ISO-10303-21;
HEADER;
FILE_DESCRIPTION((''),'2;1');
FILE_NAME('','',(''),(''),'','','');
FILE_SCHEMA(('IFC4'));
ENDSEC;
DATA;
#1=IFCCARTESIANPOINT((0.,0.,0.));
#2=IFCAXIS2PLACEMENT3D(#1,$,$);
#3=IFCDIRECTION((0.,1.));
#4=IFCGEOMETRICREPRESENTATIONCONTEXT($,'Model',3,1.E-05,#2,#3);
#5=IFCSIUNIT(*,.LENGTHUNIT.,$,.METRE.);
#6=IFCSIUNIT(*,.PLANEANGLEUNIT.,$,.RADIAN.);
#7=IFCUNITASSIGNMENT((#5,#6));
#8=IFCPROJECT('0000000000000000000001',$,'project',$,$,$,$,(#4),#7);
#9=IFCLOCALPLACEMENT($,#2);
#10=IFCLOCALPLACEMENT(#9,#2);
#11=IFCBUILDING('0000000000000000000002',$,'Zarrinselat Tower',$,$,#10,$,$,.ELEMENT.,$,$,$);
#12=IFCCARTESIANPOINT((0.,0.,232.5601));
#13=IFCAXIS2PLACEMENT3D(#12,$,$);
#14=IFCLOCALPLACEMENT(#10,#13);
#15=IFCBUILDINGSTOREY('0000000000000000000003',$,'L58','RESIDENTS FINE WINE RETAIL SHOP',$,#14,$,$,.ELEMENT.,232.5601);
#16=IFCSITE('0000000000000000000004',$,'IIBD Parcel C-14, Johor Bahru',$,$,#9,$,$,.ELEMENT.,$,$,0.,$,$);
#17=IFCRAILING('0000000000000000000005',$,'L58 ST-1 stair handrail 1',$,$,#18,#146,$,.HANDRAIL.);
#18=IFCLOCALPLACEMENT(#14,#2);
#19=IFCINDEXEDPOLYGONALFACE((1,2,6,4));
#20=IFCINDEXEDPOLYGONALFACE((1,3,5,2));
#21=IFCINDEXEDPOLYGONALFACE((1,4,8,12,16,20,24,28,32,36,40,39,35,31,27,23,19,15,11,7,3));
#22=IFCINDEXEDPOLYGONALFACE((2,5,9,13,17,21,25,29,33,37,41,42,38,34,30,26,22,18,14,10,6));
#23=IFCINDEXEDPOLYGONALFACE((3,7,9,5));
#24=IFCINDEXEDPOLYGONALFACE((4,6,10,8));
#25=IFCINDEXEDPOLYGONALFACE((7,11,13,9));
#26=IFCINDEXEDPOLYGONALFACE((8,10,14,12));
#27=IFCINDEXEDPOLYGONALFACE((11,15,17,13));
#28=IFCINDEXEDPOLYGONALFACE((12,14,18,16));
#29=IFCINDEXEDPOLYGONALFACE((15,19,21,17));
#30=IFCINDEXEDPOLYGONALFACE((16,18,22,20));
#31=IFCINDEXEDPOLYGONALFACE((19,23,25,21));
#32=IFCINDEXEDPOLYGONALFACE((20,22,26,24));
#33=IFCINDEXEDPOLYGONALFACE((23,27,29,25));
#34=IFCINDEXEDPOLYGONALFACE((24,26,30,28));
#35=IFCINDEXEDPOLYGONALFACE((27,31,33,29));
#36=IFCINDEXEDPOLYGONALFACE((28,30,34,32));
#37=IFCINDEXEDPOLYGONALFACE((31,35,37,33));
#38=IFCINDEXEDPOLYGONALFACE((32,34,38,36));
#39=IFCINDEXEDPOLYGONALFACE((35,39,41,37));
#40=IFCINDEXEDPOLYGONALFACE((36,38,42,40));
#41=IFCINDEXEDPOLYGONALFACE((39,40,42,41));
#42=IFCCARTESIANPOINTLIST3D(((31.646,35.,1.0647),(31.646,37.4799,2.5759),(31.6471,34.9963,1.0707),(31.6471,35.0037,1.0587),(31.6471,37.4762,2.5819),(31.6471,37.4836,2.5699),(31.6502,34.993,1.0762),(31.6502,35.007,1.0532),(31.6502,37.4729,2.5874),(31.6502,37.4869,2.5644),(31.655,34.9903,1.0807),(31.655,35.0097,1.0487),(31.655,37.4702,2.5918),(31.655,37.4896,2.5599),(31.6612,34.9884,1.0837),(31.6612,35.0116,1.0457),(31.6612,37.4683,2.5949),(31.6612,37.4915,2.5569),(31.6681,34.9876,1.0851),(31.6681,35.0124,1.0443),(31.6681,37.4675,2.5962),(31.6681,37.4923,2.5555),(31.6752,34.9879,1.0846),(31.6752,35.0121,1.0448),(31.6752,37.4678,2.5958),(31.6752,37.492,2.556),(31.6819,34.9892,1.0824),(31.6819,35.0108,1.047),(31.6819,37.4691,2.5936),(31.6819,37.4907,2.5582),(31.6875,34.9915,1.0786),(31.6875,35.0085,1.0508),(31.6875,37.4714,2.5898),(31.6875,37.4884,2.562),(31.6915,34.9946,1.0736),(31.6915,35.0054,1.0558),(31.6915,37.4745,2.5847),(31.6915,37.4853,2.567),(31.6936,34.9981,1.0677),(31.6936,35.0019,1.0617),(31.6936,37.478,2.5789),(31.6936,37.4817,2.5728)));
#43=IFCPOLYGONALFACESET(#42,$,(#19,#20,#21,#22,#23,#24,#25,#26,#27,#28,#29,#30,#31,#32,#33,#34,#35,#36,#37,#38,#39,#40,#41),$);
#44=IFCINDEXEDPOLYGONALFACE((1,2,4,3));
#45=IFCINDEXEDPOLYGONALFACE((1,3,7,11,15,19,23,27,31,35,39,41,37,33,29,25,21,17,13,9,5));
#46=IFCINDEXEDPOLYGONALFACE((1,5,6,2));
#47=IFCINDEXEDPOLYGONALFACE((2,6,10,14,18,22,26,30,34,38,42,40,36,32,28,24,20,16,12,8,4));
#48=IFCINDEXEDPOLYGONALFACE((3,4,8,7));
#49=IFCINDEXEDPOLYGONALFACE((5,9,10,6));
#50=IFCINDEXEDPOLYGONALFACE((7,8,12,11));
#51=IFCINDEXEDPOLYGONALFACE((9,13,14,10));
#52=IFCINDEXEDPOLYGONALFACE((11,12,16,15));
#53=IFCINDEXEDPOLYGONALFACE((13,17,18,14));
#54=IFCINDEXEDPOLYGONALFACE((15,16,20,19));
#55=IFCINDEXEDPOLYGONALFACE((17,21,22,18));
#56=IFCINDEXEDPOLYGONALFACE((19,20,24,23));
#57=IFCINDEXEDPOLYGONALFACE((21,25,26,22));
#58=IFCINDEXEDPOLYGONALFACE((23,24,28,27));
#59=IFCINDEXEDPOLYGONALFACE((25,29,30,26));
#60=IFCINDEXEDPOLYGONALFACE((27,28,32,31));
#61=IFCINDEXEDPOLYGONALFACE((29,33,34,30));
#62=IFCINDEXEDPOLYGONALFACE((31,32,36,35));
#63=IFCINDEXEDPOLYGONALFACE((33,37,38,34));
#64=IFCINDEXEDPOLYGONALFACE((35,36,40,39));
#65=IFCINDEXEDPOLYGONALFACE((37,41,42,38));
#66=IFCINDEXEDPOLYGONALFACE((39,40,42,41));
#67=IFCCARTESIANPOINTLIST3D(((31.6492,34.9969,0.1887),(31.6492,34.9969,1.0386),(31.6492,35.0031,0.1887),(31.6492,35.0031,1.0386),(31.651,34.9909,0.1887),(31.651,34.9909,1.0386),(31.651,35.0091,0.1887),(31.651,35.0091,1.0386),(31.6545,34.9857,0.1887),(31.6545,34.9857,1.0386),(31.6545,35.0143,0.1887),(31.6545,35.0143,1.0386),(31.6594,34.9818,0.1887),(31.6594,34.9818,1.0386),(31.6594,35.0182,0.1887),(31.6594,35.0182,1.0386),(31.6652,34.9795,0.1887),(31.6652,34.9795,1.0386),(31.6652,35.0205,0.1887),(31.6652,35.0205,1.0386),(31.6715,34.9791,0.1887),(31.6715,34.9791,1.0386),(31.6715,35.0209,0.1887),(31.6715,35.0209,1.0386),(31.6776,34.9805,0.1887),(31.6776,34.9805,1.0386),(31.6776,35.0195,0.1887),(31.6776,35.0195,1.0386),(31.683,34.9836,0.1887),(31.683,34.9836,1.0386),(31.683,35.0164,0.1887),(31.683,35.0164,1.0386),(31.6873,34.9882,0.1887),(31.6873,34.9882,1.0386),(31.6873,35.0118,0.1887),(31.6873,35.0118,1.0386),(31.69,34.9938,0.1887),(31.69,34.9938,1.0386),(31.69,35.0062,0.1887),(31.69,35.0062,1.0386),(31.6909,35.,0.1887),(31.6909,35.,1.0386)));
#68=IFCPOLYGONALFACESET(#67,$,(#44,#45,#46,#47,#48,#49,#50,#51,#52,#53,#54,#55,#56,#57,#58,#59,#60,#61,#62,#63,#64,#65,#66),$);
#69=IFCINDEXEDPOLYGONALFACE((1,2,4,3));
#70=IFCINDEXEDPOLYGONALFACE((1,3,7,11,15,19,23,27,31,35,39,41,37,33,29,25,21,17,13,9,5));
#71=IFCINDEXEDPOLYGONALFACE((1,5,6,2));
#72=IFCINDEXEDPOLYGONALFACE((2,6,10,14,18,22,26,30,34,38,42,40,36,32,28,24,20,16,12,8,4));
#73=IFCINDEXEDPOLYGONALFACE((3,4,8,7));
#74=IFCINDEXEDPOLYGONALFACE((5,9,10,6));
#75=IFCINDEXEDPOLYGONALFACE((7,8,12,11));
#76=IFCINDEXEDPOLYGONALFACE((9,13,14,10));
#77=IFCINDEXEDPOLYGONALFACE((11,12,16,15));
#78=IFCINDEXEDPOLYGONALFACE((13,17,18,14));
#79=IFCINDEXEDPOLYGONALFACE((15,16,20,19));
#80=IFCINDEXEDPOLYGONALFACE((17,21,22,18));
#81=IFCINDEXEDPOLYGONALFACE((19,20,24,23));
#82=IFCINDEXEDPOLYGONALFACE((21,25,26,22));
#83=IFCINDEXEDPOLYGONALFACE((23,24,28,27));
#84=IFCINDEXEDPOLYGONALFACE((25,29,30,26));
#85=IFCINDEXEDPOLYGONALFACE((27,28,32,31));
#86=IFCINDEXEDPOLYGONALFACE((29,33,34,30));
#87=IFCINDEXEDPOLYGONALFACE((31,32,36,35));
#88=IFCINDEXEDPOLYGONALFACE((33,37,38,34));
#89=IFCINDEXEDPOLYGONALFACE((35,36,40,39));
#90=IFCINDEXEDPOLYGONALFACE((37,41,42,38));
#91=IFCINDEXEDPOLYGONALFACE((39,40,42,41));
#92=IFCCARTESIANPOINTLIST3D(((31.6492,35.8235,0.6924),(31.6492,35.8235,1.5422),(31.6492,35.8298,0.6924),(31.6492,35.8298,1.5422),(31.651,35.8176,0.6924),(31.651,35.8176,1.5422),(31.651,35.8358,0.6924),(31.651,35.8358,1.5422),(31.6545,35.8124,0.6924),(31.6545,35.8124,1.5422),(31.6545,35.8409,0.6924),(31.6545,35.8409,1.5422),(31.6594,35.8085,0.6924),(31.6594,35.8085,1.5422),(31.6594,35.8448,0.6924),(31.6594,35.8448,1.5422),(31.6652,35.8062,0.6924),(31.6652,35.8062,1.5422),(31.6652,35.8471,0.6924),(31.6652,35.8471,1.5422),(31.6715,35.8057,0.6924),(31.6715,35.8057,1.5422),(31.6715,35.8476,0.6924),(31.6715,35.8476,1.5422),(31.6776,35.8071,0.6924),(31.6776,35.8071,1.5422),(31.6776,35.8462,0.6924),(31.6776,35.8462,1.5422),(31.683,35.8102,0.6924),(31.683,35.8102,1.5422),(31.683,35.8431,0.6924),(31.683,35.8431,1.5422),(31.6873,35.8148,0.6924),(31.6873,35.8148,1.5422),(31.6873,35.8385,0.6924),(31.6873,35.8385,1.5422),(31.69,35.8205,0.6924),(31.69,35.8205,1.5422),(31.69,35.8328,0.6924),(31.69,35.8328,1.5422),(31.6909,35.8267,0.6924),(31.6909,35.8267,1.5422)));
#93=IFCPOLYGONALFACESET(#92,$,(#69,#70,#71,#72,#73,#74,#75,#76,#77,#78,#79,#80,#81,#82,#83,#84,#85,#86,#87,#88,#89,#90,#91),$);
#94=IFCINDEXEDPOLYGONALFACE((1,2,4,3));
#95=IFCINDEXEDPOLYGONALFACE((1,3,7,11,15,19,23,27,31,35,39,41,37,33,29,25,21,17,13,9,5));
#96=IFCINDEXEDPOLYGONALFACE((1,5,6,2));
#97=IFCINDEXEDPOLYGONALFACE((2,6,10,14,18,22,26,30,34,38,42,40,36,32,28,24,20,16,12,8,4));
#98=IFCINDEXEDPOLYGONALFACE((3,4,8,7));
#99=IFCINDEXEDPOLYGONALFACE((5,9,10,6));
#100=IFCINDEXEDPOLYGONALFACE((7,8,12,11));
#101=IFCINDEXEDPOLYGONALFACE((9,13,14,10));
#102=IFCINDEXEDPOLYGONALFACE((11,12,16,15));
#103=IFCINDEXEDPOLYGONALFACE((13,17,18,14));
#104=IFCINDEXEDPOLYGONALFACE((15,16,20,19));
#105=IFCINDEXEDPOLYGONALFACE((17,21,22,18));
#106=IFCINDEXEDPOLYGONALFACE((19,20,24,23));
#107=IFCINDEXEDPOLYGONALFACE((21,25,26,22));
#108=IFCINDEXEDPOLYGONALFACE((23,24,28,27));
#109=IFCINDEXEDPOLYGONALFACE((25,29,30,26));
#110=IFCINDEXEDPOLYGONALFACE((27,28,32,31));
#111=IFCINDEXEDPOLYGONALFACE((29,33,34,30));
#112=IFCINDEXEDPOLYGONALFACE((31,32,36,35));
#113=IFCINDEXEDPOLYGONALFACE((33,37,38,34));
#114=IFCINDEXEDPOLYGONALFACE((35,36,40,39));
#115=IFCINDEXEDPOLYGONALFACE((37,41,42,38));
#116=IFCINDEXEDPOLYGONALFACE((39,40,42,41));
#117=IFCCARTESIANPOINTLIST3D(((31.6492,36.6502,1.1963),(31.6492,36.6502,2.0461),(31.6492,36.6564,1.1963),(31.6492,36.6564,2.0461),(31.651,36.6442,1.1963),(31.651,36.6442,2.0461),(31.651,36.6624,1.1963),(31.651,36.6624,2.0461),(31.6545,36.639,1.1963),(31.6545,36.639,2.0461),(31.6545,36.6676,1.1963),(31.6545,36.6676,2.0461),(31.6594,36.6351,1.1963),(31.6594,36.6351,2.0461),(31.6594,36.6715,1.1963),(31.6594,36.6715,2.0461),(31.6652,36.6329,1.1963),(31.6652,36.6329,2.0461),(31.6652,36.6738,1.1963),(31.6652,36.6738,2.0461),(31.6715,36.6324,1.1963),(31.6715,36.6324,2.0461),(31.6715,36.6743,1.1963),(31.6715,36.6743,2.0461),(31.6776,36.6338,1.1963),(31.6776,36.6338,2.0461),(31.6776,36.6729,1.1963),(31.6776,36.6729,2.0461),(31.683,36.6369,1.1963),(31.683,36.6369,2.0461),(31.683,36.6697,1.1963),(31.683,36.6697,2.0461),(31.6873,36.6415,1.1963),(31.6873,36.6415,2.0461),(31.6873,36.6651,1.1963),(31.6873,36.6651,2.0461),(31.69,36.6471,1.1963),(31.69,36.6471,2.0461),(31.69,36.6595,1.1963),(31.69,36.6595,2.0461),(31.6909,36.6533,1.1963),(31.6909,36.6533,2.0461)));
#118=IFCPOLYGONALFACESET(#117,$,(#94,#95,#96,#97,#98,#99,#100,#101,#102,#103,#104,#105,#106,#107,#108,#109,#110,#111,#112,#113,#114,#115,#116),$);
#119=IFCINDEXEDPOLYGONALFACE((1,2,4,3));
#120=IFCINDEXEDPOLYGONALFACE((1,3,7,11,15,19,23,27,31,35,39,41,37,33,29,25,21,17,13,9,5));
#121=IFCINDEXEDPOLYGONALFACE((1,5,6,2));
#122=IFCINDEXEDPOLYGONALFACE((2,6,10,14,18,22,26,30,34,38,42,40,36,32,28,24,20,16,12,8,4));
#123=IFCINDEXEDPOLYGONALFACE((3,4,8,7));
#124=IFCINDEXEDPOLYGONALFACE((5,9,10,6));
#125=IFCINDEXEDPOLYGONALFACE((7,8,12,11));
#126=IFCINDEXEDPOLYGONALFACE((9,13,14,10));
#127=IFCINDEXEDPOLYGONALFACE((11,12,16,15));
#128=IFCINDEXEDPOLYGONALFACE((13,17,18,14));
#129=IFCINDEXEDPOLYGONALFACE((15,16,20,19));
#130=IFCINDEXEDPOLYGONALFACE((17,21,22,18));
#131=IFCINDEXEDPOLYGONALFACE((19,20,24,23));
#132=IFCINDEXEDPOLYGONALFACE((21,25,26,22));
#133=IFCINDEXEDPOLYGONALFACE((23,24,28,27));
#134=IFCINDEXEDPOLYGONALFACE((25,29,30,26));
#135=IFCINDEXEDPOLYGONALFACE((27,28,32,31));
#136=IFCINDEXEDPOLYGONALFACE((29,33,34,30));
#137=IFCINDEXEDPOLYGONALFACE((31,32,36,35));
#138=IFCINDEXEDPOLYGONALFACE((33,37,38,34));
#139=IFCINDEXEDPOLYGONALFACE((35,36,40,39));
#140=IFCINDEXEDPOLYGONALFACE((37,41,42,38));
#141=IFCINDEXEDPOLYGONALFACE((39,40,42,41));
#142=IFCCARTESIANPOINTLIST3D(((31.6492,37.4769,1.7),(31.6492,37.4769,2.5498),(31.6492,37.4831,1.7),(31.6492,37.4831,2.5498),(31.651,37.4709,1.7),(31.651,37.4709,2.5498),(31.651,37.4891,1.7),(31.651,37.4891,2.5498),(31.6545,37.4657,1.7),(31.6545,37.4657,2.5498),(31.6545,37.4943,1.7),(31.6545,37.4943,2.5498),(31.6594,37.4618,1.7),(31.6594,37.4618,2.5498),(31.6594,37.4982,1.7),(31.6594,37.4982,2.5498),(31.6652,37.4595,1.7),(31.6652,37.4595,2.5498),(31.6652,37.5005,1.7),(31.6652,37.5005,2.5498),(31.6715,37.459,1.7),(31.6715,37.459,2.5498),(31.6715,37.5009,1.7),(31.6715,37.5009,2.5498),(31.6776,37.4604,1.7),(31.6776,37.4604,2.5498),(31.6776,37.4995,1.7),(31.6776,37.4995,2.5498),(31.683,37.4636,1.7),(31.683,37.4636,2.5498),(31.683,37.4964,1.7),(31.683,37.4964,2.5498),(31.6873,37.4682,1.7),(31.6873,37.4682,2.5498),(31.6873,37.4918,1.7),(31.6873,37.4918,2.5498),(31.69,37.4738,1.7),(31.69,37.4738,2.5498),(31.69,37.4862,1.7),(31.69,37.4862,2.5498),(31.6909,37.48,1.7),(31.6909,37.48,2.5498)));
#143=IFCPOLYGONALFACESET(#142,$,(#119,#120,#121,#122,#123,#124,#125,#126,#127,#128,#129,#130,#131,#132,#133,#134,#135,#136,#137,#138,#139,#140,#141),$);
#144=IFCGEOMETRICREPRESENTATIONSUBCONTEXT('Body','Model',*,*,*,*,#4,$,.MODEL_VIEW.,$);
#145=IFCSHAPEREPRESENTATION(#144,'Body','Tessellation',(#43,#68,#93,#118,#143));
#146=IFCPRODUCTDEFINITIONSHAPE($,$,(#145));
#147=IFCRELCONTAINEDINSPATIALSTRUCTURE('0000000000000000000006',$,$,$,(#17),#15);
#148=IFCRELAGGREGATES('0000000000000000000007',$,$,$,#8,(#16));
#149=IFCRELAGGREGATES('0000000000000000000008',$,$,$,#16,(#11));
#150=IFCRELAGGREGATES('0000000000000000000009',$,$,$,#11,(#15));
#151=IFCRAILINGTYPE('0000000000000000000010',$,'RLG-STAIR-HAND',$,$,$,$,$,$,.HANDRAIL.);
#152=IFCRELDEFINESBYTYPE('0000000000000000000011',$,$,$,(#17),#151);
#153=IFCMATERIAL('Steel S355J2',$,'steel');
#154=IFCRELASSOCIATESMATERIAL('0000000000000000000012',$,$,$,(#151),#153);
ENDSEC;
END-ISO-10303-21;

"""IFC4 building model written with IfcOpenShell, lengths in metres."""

from ifc_helpers import new_model, si_unit, direction, frame, origin, origin_2d, place, context, subcontext, project, spatial, circle, extrude, material, type_object, element, save


model = new_model("IFC4")

# Units and contexts
model_context = context("Model", 3, precision=1e-05, world=origin(), true_north=direction((0.0, 1.0)))
body_context = subcontext(model_context, "Body", "Model", "MODEL_VIEW")
ifc_project = project(units=[si_unit("LENGTHUNIT", "METRE"), si_unit("PLANEANGLEUNIT", "RADIAN")], contexts=[model_context])

# Site, building, storey
site_placement = place(None, origin())
site = spatial("IfcSite", under=ifc_project, at=site_placement, Name="IIBD Parcel C-14, Johor Bahru", CompositionType="ELEMENT", RefElevation=0.0)
building_placement = place(site_placement, origin())
building = spatial("IfcBuilding", under=site, at=building_placement, Name="Zarrinselat Tower", CompositionType="ELEMENT")
storey_placement = place(building_placement, frame((0.0, 0.0, 232.5601)))
storey = spatial("IfcBuildingStorey", under=building, at=storey_placement, Name="L58", Description="RESIDENTS FINE WINE RETAIL SHOP", CompositionType="ELEMENT", Elevation=232.5601)

# Railing
ifc_material_1 = material(Name="Steel S355J2", Category="steel")
railing_type_1 = type_object("IfcRailingType", Name="RLG-STAIR-HAND", PredefinedType="HANDRAIL", material=ifc_material_1)
railing_1_placement = place(storey_placement, frame((31.6699, 35.0, 0.1887)))
element("IfcRailing", 1, at=railing_1_placement, inside=storey, type_object=railing_type_1, Name="L58 ST-1 stair handrail 1", PredefinedType="HANDRAIL", context=body_context, shape_type="SweptSolid", body=[
    extrude(circle(Radius=0.0239, at=origin_2d()), frame((0.0, 0.0, 0.876), z_axis=(0.0, 0.853942, 0.520368), x_axis=(-1.0, 0.0, 0.0)), (0.0, 0.0, 1.0), 2.9041),
    extrude(circle(Radius=0.021, at=origin_2d()), origin(), (0.0, 0.0, 1.0), 0.8499),
    extrude(circle(Radius=0.021, at=origin_2d()), frame((0.0, 0.8267, 0.5037)), (0.0, 0.0, 1.0), 0.8499),
    extrude(circle(Radius=0.021, at=origin_2d()), frame((0.0, 1.6533, 1.0076)), (0.0, 0.0, 1.0), 0.8499),
    extrude(circle(Radius=0.021, at=origin_2d()), frame((0.0, 2.48, 1.5112)), (0.0, 0.0, 1.0), 0.8499),
])

save(model, "model.ifc")
